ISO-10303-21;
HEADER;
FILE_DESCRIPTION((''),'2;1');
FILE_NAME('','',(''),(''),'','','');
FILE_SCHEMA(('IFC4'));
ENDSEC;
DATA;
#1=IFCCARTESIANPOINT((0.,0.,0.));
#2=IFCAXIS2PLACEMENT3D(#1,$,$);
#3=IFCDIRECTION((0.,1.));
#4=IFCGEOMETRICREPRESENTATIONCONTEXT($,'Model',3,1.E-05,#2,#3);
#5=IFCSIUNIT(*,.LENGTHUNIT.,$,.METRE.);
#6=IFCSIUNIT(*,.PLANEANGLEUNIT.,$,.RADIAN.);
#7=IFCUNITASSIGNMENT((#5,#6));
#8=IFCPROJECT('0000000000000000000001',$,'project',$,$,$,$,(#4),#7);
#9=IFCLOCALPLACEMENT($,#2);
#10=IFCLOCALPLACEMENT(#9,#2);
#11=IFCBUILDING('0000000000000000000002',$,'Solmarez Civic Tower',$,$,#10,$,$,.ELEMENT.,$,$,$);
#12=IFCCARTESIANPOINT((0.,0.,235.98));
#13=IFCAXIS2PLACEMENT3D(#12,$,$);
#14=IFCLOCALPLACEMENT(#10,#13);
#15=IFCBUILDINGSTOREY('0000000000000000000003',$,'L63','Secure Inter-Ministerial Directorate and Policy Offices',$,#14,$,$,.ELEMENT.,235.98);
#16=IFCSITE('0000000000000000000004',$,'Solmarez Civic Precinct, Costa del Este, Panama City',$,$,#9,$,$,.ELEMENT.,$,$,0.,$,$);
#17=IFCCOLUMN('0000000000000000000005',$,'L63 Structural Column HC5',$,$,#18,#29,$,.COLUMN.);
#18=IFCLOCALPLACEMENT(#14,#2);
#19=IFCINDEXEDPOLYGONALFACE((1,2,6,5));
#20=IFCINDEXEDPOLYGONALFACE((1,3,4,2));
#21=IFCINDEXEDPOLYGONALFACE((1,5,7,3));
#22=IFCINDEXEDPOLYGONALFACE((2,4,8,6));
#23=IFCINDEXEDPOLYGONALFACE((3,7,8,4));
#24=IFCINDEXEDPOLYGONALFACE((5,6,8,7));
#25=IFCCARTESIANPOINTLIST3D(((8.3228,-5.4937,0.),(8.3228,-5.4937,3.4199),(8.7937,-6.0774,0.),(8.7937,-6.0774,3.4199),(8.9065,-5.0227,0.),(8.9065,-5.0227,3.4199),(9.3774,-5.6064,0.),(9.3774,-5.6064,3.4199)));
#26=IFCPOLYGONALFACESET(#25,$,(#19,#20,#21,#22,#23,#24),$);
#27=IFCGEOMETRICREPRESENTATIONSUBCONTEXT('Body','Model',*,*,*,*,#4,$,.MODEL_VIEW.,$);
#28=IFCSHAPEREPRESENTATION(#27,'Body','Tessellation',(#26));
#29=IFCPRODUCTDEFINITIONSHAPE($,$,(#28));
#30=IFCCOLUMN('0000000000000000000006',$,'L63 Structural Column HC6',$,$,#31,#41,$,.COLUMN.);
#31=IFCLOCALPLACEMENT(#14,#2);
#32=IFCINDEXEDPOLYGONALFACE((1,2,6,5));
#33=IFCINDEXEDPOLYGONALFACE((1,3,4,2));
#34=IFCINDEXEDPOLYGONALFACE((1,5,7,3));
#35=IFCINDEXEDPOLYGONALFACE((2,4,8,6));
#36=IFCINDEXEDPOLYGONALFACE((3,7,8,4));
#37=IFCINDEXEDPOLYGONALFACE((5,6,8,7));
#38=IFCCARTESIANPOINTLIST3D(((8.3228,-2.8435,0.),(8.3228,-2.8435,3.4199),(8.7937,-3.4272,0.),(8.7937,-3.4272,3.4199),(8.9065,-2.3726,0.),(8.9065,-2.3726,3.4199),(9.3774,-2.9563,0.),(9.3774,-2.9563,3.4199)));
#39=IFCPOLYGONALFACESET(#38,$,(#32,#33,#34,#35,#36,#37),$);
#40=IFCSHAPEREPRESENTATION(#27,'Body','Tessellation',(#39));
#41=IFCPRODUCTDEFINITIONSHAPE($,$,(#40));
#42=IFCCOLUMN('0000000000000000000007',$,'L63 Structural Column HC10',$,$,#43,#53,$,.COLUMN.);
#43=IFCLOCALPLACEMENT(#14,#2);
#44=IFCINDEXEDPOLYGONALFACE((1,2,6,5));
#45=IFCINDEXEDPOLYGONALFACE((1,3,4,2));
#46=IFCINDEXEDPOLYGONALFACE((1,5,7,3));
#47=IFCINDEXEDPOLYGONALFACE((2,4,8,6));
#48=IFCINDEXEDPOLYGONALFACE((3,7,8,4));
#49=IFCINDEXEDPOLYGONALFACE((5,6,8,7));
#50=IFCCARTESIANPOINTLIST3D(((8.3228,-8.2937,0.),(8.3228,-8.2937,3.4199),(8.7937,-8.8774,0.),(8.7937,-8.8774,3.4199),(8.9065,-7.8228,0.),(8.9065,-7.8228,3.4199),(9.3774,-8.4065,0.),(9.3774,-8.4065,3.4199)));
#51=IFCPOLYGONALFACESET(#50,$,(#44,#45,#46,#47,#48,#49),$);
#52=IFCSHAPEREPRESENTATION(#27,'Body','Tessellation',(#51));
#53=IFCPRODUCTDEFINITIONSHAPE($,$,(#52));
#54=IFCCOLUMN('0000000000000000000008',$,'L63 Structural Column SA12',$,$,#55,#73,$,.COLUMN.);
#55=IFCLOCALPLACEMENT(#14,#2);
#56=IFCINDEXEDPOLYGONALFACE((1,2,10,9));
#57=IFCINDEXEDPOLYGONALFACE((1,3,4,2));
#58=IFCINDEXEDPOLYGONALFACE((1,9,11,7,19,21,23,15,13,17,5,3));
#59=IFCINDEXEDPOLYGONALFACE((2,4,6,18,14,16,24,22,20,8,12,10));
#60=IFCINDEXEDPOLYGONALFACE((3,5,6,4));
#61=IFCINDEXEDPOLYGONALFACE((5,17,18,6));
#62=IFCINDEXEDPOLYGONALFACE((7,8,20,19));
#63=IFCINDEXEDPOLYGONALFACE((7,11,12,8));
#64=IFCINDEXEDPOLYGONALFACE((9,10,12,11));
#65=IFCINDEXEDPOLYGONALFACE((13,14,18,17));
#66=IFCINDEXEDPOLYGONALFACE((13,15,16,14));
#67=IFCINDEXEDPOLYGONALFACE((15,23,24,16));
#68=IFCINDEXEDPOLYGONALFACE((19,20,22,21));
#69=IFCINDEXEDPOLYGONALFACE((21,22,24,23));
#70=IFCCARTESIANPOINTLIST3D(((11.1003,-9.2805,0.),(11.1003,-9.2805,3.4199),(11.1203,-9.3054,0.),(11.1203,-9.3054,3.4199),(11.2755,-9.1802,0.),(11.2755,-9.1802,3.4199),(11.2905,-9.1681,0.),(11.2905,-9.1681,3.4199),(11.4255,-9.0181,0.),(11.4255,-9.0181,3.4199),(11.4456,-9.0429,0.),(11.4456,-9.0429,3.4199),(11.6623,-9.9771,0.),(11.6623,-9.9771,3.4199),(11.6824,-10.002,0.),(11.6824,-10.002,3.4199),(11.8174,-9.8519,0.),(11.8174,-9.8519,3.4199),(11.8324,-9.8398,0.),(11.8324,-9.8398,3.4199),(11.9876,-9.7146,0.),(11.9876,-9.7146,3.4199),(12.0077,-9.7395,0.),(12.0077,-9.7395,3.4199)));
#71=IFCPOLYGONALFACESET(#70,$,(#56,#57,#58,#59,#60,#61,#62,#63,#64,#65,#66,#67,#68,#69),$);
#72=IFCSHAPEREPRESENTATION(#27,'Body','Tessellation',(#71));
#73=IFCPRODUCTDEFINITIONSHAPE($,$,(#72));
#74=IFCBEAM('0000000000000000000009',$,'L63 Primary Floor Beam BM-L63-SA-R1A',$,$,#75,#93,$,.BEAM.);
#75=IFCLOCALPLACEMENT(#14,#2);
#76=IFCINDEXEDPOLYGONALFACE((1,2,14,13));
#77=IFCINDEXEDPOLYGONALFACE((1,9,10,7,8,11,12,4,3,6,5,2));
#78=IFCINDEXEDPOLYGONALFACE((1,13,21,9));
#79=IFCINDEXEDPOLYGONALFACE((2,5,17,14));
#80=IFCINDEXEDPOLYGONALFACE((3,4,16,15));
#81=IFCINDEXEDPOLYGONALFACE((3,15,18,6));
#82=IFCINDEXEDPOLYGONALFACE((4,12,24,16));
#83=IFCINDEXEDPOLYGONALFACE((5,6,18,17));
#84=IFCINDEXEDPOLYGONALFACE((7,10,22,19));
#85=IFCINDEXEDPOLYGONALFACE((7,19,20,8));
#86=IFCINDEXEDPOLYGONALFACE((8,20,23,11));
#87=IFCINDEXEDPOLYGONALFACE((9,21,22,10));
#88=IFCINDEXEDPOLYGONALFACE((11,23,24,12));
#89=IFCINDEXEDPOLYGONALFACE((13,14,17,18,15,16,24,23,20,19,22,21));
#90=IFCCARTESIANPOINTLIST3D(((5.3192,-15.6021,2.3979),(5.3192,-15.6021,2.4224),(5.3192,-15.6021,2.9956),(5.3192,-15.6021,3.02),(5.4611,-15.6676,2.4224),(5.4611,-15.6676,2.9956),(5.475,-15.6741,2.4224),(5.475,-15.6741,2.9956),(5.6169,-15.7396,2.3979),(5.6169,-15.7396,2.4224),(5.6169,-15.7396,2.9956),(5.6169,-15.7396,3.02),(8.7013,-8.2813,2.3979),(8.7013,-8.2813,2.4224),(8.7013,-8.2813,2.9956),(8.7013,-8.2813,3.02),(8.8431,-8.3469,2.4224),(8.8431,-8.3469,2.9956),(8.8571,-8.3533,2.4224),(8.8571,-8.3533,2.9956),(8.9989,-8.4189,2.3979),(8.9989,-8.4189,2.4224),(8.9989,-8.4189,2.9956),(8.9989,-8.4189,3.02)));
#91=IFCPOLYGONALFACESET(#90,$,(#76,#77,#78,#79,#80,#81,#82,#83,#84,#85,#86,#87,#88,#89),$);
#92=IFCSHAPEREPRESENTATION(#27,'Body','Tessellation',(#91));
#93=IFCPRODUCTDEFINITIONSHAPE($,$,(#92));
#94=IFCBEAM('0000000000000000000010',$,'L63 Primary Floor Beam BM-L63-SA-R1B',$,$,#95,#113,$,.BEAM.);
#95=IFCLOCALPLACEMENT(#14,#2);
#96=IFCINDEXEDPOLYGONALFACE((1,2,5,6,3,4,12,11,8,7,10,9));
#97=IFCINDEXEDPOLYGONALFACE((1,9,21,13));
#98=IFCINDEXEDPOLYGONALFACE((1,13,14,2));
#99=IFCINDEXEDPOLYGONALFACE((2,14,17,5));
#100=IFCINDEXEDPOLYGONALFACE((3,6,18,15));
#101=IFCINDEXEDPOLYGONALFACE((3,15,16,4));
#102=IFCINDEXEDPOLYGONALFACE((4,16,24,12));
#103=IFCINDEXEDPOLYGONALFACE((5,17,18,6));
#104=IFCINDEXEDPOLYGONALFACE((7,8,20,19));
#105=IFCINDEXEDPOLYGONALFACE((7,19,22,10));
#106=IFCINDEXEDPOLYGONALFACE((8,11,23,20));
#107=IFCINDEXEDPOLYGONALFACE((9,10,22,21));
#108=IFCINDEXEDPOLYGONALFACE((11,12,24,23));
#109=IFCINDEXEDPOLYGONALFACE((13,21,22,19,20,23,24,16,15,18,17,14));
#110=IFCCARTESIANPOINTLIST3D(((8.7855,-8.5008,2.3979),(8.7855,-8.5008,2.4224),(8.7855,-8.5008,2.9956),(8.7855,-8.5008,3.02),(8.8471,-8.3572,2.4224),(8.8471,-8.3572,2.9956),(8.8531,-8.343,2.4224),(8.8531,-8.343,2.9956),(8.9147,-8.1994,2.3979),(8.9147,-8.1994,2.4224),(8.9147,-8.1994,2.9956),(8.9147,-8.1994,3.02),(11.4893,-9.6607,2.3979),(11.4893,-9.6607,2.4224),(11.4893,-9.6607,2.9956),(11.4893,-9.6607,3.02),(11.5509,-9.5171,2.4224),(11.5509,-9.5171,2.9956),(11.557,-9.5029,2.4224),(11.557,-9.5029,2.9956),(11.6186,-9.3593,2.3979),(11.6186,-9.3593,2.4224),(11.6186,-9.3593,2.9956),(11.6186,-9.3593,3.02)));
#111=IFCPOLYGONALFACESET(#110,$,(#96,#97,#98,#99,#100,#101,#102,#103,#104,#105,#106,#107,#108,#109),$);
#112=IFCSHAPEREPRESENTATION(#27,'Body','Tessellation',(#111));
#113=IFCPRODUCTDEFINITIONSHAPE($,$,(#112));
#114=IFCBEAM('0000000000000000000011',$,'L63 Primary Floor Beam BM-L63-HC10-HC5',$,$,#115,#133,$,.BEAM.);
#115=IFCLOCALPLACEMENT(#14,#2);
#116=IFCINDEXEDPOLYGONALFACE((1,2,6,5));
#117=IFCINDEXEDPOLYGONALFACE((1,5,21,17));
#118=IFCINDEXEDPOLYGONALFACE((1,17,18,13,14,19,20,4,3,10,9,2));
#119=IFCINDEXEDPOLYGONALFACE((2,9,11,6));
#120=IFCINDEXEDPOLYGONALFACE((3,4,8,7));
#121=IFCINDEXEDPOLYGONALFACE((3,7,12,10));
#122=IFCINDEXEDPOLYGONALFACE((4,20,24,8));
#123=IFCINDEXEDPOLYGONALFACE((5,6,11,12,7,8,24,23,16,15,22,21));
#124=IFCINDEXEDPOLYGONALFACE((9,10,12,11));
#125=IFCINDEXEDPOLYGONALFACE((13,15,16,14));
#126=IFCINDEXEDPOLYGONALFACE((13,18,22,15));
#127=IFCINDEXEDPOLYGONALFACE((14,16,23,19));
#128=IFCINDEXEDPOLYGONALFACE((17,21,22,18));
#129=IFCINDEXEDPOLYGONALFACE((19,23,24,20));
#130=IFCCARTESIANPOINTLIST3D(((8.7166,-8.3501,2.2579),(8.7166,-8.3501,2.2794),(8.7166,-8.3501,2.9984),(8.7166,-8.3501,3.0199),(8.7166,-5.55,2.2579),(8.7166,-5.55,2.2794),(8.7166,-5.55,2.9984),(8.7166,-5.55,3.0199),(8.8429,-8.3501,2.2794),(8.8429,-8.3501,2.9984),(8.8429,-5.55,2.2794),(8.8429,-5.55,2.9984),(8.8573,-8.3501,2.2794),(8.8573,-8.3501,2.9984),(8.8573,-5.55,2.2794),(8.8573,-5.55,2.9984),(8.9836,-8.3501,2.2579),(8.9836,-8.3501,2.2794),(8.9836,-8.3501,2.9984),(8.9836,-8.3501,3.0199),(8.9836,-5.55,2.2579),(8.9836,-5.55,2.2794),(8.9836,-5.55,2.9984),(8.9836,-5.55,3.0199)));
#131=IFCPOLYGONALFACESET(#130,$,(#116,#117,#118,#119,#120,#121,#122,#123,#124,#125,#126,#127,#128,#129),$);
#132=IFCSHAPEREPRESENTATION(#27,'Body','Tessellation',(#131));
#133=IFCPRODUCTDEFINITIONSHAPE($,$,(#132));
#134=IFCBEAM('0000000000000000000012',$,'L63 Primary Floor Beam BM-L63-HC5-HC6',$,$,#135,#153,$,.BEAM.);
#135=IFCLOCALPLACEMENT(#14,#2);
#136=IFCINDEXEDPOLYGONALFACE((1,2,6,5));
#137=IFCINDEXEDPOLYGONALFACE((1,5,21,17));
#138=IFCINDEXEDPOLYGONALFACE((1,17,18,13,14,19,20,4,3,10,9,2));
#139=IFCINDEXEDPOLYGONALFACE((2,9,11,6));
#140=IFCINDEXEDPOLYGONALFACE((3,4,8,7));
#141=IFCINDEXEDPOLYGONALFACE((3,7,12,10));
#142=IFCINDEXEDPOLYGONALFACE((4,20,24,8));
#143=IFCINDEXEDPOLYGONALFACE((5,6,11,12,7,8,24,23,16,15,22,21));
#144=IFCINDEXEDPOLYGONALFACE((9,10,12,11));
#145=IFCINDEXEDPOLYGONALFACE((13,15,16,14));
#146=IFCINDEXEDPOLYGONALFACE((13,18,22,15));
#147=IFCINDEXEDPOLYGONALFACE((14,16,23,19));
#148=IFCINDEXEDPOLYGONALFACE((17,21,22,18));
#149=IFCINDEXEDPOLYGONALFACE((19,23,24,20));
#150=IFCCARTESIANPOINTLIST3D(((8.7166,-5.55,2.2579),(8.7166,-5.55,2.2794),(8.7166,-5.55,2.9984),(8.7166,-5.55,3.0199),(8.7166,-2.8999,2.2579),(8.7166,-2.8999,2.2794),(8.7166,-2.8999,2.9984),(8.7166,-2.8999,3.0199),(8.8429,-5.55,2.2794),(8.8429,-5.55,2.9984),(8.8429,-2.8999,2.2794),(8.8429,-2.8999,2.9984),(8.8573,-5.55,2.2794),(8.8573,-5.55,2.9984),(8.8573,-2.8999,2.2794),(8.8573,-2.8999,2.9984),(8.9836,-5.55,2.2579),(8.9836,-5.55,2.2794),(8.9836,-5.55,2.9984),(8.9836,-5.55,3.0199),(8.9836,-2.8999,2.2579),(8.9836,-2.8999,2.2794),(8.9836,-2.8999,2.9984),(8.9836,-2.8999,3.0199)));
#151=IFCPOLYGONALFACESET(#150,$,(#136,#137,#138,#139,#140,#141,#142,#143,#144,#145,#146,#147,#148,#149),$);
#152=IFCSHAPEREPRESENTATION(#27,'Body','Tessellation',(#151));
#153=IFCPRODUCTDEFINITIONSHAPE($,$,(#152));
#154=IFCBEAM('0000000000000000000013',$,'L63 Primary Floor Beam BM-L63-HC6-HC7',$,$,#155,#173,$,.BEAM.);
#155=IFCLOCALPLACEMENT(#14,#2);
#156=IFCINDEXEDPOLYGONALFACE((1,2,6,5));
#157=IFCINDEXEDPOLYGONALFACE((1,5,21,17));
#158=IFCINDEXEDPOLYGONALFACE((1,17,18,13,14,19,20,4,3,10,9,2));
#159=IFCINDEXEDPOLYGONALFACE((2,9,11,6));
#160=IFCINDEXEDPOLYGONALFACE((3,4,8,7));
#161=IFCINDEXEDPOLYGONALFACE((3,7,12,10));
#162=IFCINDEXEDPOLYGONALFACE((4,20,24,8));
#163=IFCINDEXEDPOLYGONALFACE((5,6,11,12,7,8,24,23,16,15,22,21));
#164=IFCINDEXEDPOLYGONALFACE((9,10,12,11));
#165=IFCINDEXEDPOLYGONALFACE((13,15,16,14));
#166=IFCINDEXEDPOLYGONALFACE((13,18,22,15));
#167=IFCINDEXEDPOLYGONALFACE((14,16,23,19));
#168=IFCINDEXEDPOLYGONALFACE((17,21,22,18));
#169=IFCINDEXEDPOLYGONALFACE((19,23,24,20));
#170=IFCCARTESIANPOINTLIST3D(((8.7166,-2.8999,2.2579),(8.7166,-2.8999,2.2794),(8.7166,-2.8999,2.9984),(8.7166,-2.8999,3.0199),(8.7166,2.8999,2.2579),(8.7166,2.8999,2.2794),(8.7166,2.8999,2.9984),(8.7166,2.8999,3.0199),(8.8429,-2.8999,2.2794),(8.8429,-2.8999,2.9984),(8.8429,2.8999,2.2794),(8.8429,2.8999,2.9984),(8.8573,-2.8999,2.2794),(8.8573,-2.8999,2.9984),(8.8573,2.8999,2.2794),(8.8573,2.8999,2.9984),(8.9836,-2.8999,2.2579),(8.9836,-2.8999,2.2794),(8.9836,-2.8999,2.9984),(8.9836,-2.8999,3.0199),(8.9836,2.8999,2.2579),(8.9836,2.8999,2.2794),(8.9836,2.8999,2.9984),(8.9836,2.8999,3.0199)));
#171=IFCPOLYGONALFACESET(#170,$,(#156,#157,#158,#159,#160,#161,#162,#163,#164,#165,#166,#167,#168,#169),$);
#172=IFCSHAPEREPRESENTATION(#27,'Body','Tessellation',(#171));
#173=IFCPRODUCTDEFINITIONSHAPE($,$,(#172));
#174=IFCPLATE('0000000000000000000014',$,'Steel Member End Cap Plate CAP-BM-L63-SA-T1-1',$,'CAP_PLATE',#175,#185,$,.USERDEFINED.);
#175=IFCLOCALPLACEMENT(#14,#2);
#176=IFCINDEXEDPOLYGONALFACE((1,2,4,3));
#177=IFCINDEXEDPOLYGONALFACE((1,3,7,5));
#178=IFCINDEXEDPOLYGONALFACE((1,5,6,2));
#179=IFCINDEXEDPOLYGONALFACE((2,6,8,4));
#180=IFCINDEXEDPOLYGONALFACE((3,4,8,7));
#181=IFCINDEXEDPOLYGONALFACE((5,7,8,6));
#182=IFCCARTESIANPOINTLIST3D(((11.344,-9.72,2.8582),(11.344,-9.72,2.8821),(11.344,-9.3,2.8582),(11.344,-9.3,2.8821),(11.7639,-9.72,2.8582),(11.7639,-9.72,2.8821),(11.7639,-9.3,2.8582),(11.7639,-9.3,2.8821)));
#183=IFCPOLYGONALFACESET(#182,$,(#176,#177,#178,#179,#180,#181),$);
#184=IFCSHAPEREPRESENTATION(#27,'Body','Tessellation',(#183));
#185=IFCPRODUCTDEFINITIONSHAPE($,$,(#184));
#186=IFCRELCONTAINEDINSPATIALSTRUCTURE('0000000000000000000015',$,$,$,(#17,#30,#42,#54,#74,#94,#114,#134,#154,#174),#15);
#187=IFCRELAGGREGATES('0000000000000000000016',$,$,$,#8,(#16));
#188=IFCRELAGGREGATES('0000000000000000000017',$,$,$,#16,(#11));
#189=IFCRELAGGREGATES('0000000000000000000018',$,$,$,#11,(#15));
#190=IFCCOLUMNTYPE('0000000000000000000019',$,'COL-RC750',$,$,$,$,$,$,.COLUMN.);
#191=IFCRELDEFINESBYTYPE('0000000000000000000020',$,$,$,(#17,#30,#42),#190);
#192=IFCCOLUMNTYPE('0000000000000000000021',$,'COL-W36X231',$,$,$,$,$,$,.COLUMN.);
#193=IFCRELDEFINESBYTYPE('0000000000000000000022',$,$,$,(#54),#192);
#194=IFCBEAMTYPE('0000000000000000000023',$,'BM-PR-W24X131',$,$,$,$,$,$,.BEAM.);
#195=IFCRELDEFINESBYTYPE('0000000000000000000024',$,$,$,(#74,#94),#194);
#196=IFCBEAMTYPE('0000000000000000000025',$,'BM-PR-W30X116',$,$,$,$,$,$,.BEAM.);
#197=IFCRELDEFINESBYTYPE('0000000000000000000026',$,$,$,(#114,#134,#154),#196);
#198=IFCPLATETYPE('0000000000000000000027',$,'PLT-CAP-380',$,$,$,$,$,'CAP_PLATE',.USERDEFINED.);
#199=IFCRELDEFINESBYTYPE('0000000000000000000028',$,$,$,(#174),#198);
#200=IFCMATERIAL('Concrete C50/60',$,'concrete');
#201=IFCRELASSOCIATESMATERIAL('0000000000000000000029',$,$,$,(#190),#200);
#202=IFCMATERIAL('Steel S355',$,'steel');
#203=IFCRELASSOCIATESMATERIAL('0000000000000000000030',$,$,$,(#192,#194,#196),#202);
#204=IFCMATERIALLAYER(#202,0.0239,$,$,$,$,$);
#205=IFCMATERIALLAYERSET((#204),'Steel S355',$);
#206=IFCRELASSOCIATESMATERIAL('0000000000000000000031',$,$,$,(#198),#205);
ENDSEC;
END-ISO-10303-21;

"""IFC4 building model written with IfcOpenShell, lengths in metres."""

from ifc_helpers import new_model, si_unit, direction, frame, origin, origin_2d, place, context, subcontext, project, spatial, rectangle, i_section, extrude, material, layer, layer_set, material_profile, profile_set, type_object, element, save


model = new_model("IFC4")

# Units and contexts
model_context = context("Model", 3, precision=1e-05, world=origin(), true_north=direction((0.0, 1.0)))
body_context = subcontext(model_context, "Body", "Model", "MODEL_VIEW")
ifc_project = project(units=[si_unit("LENGTHUNIT", "METRE"), si_unit("PLANEANGLEUNIT", "RADIAN")], contexts=[model_context])

# Site, building, storey
site_placement = place(None, origin())
site = spatial("IfcSite", under=ifc_project, at=site_placement, Name="Solmarez Civic Precinct, Costa del Este, Panama City", CompositionType="ELEMENT", RefElevation=0.0)
building_placement = place(site_placement, origin())
building = spatial("IfcBuilding", under=site, at=building_placement, Name="Solmarez Civic Tower", CompositionType="ELEMENT")
storey_placement = place(building_placement, frame((0.0, 0.0, 235.98)))
storey = spatial("IfcBuildingStorey", under=building, at=storey_placement, Name="L63", Description="Secure Inter-Ministerial Directorate and Policy Offices", CompositionType="ELEMENT", Elevation=235.98)

# Columns
ifc_material_1 = material(Name="Concrete C50/60", Category="concrete")
ifc_material_profile_1 = material_profile(ifc_material_1, rectangle(XDim=0.75, YDim=0.75, at=origin_2d()), Name="RC750X750")
ifc_profile_set_1 = profile_set([ifc_material_profile_1], Name="Concrete C50/60")
column_type_1 = type_object("IfcColumnType", Name="COL-RC750", PredefinedType="COLUMN", material=ifc_profile_set_1)
for number, where, z_axis, x_axis, name in (
    (1, (8.8501, -5.55, 0.0), (0.0, 0.0, 1.0), (0.778243, 0.627963, 0.0), "L63 Structural Column HC5"),
    (2, (8.8501, -2.8999, 0.0), (0.0, 0.0, 1.0), (0.778243, 0.627963, 0.0), "L63 Structural Column HC6"),
    (3, (8.8501, -8.3501, 0.0), (0.0, 0.0, 1.0), (0.778243, 0.627963, 0.0), "L63 Structural Column HC10"),
):
    element("IfcColumn", number, at=place(storey_placement, frame(where, z_axis=z_axis, x_axis=x_axis)), inside=storey, type_object=column_type_1, Name=name, PredefinedType="COLUMN", context=body_context, shape_type="SweptSolid", body=[
        extrude(rectangle(XDim=0.75, YDim=0.75, at=origin_2d()), origin(), (0.0, 0.0, 1.0), 3.4199),
    ])
ifc_material_2 = material(Name="Steel S355", Category="steel")
ifc_material_profile_2 = material_profile(ifc_material_2, i_section(OverallWidth=0.418, OverallDepth=0.927, WebThickness=0.0193, FlangeThickness=0.032, at=origin_2d()), Name="W36X231")
ifc_profile_set_2 = profile_set([ifc_material_profile_2], Name="Steel S355")
column_type_2 = type_object("IfcColumnType", Name="COL-W36X231", PredefinedType="COLUMN", material=ifc_profile_set_2)
column_placement = place(storey_placement, frame((11.554, -9.51, 0.0), z_axis=(0.0, 0.0, 1.0), x_axis=(0.778243, 0.627963, 0.0)))
element("IfcColumn", 4, at=column_placement, inside=storey, type_object=column_type_2, Name="L63 Structural Column SA12", PredefinedType="COLUMN", context=body_context, shape_type="SweptSolid", body=[
    extrude(i_section(OverallWidth=0.418, OverallDepth=0.927, WebThickness=0.0193, FlangeThickness=0.032, at=origin_2d()), origin(), (0.0, 0.0, 1.0), 3.4199),
])

# Beams
ifc_material_profile_3 = material_profile(ifc_material_2, i_section(OverallWidth=0.3279, OverallDepth=0.6221, WebThickness=0.0154, FlangeThickness=0.0244, at=origin_2d()), Name="W24X131")
ifc_profile_set_3 = profile_set([ifc_material_profile_3], Name="Steel S355")
beam_type_1 = type_object("IfcBeamType", Name="BM-PR-W24X131", PredefinedType="BEAM", material=ifc_profile_set_3)
beam_1_placement = place(storey_placement, frame((8.8501, -8.3501, 2.709), z_axis=(-0.41939, -0.907806, 0.0), x_axis=(0.907806, -0.41939, 0.0)))
element("IfcBeam", 5, at=beam_1_placement, inside=storey, type_object=beam_type_1, Name="L63 Primary Floor Beam BM-L63-SA-R1A", PredefinedType="BEAM", context=body_context, shape_type="SweptSolid", body=[
    extrude(i_section(OverallWidth=0.3279, OverallDepth=0.6221, WebThickness=0.0154, FlangeThickness=0.0244, at=origin_2d()), origin(), (0.0, 0.0, 1.0), 8.0642),
])
beam_2_placement = place(storey_placement, frame((8.8501, -8.3501, 2.709), z_axis=(0.919008, -0.39424, 0.0), x_axis=(0.39424, 0.919008, 0.0)))
element("IfcBeam", 6, at=beam_2_placement, inside=storey, type_object=beam_type_1, Name="L63 Primary Floor Beam BM-L63-SA-R1B", PredefinedType="BEAM", context=body_context, shape_type="SweptSolid", body=[
    extrude(i_section(OverallWidth=0.3279, OverallDepth=0.6221, WebThickness=0.0154, FlangeThickness=0.0244, at=origin_2d()), origin(), (0.0, 0.0, 1.0), 2.9421),
])
ifc_material_profile_4 = material_profile(ifc_material_2, i_section(OverallWidth=0.2671, OverallDepth=0.762, WebThickness=0.0144, FlangeThickness=0.0215, at=origin_2d()), Name="W30X116")
ifc_profile_set_4 = profile_set([ifc_material_profile_4], Name="Steel S355")
beam_type_2 = type_object("IfcBeamType", Name="BM-PR-W30X116", PredefinedType="BEAM", material=ifc_profile_set_4)
beam_3_placement = place(storey_placement, frame((8.8501, -8.3501, 2.6389), z_axis=(0.0, 1.0, 0.0), x_axis=(-1.0, 0.0, 0.0)))
element("IfcBeam", 7, at=beam_3_placement, inside=storey, type_object=beam_type_2, Name="L63 Primary Floor Beam BM-L63-HC10-HC5", PredefinedType="BEAM", context=body_context, shape_type="SweptSolid", body=[
    extrude(i_section(OverallWidth=0.2671, OverallDepth=0.762, WebThickness=0.0144, FlangeThickness=0.0215, at=origin_2d()), origin(), (0.0, 0.0, 1.0), 2.8),
])
beam_4_placement = place(storey_placement, frame((8.8501, -5.55, 2.6389), z_axis=(0.0, 1.0, 0.0), x_axis=(-1.0, 0.0, 0.0)))
element("IfcBeam", 8, at=beam_4_placement, inside=storey, type_object=beam_type_2, Name="L63 Primary Floor Beam BM-L63-HC5-HC6", PredefinedType="BEAM", context=body_context, shape_type="SweptSolid", body=[
    extrude(i_section(OverallWidth=0.2671, OverallDepth=0.762, WebThickness=0.0144, FlangeThickness=0.0215, at=origin_2d()), origin(), (0.0, 0.0, 1.0), 2.6501),
])
beam_5_placement = place(storey_placement, frame((8.8501, -2.8999, 2.6389), z_axis=(0.0, 1.0, 0.0), x_axis=(-1.0, 0.0, 0.0)))
element("IfcBeam", 9, at=beam_5_placement, inside=storey, type_object=beam_type_2, Name="L63 Primary Floor Beam BM-L63-HC6-HC7", PredefinedType="BEAM", context=body_context, shape_type="SweptSolid", body=[
    extrude(i_section(OverallWidth=0.2671, OverallDepth=0.762, WebThickness=0.0144, FlangeThickness=0.0215, at=origin_2d()), origin(), (0.0, 0.0, 1.0), 5.7998),
])

# Plate
ifc_layer_1 = layer(ifc_material_2, 0.0239)
ifc_layer_set_1 = layer_set([ifc_layer_1], Name="Steel S355")
plate_type = type_object("IfcPlateType", Name="PLT-CAP-380", ElementType="CAP_PLATE", PredefinedType="USERDEFINED", material=ifc_layer_set_1)
for number, where, z_axis, x_axis, name in (
    (10, (11.554, -9.51, 2.8582), (0.0, 0.0, 1.0), (1.0, 0.0, 0.0), "Steel Member End Cap Plate CAP-BM-L63-SA-T1-1"),
):
    element("IfcPlate", number, at=place(storey_placement, frame(where, z_axis=z_axis, x_axis=x_axis)), inside=storey, type_object=plate_type, Name=name, ObjectType="CAP_PLATE", PredefinedType="USERDEFINED", context=body_context, shape_type="SweptSolid", body=[
        extrude(rectangle(XDim=0.4199, YDim=0.4199, at=origin_2d()), origin(), (0.0, 0.0, 1.0), 0.0239),
    ])

save(model, "model.ifc")
